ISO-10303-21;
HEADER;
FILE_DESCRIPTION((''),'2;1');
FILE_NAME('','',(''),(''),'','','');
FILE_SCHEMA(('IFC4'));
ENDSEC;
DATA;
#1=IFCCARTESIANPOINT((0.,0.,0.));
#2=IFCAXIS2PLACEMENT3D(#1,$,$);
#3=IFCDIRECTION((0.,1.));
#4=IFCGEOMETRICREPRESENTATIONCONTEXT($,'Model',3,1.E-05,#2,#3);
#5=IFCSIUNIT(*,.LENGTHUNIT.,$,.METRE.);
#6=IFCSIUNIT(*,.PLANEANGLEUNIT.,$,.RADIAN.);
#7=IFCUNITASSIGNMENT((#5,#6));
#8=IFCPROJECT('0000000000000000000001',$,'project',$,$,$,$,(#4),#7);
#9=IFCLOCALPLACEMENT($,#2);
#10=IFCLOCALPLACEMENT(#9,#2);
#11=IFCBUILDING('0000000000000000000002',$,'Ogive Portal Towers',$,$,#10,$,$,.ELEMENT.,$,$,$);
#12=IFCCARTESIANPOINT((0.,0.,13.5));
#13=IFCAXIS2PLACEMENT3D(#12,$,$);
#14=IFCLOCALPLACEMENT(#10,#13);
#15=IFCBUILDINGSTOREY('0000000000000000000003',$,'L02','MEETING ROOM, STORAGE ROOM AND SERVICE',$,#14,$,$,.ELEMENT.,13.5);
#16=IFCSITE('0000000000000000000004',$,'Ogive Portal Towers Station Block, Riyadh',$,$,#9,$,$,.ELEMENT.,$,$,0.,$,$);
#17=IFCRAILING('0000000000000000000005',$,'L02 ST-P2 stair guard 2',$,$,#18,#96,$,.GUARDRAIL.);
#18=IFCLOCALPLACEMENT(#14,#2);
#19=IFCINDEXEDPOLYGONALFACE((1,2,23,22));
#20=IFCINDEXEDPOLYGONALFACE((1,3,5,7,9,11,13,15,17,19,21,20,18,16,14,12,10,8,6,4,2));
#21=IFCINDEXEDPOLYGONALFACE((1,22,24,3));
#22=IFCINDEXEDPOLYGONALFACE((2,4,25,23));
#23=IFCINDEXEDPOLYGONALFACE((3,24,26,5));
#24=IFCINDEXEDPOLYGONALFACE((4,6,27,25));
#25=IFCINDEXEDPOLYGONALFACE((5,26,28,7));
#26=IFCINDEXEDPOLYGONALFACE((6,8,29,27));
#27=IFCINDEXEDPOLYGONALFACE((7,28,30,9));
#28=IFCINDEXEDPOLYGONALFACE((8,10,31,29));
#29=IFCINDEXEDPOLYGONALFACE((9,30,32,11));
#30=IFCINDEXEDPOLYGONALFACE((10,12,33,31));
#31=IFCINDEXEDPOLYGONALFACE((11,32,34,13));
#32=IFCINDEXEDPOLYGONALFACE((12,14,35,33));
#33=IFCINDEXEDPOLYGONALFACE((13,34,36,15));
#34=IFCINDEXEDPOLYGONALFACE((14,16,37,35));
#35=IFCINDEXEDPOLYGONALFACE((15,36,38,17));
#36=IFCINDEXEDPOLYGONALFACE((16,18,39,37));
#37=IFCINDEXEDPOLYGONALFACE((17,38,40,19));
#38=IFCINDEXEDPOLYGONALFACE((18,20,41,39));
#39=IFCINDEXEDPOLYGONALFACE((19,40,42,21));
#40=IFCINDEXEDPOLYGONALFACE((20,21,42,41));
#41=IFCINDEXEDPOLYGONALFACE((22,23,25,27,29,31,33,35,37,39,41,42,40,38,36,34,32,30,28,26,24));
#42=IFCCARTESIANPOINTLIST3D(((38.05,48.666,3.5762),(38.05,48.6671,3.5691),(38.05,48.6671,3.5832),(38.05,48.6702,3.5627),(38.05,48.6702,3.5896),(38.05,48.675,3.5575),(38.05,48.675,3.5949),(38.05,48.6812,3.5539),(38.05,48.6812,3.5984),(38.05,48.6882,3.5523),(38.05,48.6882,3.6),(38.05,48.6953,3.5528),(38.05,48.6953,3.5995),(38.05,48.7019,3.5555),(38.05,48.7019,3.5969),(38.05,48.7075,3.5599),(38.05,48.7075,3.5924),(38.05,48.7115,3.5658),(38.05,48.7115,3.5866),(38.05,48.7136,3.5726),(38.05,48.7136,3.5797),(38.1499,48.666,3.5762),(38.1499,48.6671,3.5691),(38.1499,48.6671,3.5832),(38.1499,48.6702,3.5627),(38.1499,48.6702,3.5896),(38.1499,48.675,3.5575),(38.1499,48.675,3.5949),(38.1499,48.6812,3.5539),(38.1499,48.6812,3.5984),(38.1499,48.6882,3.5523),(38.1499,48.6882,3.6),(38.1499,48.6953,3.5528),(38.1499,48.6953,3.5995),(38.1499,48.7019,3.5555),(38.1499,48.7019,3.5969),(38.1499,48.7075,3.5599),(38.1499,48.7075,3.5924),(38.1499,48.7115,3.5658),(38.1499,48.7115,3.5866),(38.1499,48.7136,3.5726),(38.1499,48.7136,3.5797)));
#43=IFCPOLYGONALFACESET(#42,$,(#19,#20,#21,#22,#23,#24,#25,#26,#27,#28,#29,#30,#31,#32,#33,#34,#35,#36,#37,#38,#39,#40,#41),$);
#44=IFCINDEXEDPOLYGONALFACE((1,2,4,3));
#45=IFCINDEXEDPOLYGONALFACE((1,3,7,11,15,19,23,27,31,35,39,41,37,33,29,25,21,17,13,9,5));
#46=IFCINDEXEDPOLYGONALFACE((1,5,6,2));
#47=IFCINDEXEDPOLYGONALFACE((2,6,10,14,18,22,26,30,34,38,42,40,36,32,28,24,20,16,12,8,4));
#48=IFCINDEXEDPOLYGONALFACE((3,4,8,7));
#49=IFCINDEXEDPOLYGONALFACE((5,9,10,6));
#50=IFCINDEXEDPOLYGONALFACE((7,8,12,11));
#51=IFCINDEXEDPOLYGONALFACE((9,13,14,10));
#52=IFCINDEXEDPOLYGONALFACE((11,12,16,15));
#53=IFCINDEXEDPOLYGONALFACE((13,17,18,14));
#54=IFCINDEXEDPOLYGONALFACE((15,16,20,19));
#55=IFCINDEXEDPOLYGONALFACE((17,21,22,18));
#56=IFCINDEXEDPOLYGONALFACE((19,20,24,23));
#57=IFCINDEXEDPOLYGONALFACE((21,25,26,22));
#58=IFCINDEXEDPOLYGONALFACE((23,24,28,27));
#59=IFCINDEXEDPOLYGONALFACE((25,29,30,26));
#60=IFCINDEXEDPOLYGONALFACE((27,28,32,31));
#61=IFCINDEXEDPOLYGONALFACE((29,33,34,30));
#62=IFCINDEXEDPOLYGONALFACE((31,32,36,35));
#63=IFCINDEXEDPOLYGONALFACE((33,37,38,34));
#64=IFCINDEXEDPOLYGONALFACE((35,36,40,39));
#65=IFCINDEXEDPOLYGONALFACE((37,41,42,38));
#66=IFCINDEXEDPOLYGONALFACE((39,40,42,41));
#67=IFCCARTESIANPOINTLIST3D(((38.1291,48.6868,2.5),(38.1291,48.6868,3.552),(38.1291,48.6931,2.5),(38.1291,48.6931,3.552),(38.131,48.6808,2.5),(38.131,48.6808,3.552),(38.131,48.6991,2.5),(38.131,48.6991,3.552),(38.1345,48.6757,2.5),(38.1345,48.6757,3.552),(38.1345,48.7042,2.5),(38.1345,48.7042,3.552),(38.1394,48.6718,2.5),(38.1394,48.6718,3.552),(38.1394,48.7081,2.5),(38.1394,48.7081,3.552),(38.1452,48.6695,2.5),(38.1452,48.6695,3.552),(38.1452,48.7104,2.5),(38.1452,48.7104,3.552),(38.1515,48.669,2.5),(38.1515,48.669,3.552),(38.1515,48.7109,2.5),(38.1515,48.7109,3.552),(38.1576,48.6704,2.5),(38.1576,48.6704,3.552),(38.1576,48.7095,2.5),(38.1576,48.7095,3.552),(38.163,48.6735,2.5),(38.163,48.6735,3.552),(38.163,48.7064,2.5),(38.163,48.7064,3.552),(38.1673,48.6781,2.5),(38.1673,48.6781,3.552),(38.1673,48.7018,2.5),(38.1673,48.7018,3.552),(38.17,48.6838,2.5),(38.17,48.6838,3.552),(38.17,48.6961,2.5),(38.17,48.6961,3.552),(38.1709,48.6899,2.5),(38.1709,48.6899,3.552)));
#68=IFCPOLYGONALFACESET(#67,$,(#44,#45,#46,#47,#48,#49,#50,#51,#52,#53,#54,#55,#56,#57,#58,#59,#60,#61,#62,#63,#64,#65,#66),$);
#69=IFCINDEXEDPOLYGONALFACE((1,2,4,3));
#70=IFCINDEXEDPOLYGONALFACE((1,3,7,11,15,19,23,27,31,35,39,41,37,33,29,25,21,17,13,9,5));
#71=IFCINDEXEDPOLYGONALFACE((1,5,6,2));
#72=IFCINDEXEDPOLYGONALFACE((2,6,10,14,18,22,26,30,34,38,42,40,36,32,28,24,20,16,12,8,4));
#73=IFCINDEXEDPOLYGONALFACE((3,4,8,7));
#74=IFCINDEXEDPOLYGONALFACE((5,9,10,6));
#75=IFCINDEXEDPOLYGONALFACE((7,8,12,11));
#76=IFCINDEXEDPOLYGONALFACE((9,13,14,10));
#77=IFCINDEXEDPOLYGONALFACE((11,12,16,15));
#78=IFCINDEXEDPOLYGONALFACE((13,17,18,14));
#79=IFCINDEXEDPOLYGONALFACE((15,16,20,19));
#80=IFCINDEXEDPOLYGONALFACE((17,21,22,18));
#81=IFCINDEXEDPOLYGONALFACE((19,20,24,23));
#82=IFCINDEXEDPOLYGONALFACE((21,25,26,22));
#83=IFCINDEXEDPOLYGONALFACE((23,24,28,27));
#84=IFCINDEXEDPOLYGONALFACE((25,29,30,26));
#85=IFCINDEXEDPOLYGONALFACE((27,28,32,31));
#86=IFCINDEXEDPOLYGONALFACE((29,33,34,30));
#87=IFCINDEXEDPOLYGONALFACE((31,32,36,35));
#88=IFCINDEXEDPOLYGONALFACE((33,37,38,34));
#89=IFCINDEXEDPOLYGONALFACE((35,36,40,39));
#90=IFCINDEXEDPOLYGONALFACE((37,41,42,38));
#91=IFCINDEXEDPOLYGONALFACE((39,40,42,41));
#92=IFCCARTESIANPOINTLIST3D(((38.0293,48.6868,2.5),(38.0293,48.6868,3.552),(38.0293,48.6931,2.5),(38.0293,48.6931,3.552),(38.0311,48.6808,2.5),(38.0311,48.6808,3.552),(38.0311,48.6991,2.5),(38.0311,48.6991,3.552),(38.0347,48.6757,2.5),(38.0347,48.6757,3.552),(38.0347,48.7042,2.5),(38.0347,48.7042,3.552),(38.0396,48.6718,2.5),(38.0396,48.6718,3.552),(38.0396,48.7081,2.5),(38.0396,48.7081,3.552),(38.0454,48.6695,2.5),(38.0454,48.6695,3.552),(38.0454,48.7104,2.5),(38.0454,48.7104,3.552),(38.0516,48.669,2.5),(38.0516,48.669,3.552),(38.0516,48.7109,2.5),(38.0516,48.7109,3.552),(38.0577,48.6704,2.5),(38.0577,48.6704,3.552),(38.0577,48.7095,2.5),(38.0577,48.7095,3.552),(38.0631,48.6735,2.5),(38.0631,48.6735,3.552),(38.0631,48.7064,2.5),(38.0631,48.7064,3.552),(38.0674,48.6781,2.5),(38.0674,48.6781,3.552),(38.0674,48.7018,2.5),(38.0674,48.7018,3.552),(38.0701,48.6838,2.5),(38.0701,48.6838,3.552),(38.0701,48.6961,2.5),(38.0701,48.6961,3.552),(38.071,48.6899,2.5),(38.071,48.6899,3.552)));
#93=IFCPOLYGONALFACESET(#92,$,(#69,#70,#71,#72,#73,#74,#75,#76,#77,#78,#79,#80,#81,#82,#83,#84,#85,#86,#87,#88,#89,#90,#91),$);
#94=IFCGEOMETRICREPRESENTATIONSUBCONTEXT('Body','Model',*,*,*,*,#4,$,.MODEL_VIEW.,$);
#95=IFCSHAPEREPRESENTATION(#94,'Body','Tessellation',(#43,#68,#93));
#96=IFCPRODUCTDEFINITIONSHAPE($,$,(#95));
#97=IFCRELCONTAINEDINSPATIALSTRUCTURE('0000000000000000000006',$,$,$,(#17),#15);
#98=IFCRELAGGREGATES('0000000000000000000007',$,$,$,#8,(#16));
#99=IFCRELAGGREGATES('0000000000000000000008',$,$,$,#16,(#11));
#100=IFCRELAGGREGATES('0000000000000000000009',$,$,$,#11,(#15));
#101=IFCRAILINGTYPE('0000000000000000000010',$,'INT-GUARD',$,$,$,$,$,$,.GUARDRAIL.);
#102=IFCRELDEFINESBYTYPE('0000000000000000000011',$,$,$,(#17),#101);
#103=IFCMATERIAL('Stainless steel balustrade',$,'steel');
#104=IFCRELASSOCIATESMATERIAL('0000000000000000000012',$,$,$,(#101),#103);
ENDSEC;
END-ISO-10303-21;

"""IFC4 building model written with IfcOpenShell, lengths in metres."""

from ifc_helpers import new_model, si_unit, direction, frame, origin, origin_2d, place, context, subcontext, project, spatial, circle, extrude, material, type_object, element, save


model = new_model("IFC4")

# Units and contexts
model_context = context("Model", 3, precision=1e-05, world=origin(), true_north=direction((0.0, 1.0)))
body_context = subcontext(model_context, "Body", "Model", "MODEL_VIEW")
ifc_project = project(units=[si_unit("LENGTHUNIT", "METRE"), si_unit("PLANEANGLEUNIT", "RADIAN")], contexts=[model_context])

# Site, building, storey
site_placement = place(None, origin())
site = spatial("IfcSite", under=ifc_project, at=site_placement, Name="Ogive Portal Towers Station Block, Riyadh", CompositionType="ELEMENT", RefElevation=0.0)
building_placement = place(site_placement, origin())
building = spatial("IfcBuilding", under=site, at=building_placement, Name="Ogive Portal Towers", CompositionType="ELEMENT")
storey_placement = place(building_placement, frame((0.0, 0.0, 13.5)))
storey = spatial("IfcBuildingStorey", under=building, at=storey_placement, Name="L02", Description="MEETING ROOM, STORAGE ROOM AND SERVICE", CompositionType="ELEMENT", Elevation=13.5)

# Railing
ifc_material_1 = material(Name="Stainless steel balustrade", Category="steel")
railing_type_1 = type_object("IfcRailingType", Name="INT-GUARD", PredefinedType="GUARDRAIL", material=ifc_material_1)
railing_1_placement = place(storey_placement, frame((38.1499, 48.6899, 2.5)))
element("IfcRailing", 1, at=railing_1_placement, inside=storey, type_object=railing_type_1, Name="L02 ST-P2 stair guard 2", PredefinedType="GUARDRAIL", context=body_context, shape_type="SweptSolid", body=[
    extrude(circle(Radius=0.0239, at=origin_2d()), frame((0.0, 0.0, 1.0762), z_axis=(-1.0, 0.0, 0.0), x_axis=(0.0, -1.0, 0.0)), (0.0, 0.0, 1.0), 0.0999),
    extrude(circle(Radius=0.021, at=origin_2d()), origin(), (0.0, 0.0, 1.0), 1.052),
    extrude(circle(Radius=0.021, at=origin_2d()), frame((-0.0999, 0.0, 0.0)), (0.0, 0.0, 1.0), 1.052),
])

save(model, "model.ifc")
